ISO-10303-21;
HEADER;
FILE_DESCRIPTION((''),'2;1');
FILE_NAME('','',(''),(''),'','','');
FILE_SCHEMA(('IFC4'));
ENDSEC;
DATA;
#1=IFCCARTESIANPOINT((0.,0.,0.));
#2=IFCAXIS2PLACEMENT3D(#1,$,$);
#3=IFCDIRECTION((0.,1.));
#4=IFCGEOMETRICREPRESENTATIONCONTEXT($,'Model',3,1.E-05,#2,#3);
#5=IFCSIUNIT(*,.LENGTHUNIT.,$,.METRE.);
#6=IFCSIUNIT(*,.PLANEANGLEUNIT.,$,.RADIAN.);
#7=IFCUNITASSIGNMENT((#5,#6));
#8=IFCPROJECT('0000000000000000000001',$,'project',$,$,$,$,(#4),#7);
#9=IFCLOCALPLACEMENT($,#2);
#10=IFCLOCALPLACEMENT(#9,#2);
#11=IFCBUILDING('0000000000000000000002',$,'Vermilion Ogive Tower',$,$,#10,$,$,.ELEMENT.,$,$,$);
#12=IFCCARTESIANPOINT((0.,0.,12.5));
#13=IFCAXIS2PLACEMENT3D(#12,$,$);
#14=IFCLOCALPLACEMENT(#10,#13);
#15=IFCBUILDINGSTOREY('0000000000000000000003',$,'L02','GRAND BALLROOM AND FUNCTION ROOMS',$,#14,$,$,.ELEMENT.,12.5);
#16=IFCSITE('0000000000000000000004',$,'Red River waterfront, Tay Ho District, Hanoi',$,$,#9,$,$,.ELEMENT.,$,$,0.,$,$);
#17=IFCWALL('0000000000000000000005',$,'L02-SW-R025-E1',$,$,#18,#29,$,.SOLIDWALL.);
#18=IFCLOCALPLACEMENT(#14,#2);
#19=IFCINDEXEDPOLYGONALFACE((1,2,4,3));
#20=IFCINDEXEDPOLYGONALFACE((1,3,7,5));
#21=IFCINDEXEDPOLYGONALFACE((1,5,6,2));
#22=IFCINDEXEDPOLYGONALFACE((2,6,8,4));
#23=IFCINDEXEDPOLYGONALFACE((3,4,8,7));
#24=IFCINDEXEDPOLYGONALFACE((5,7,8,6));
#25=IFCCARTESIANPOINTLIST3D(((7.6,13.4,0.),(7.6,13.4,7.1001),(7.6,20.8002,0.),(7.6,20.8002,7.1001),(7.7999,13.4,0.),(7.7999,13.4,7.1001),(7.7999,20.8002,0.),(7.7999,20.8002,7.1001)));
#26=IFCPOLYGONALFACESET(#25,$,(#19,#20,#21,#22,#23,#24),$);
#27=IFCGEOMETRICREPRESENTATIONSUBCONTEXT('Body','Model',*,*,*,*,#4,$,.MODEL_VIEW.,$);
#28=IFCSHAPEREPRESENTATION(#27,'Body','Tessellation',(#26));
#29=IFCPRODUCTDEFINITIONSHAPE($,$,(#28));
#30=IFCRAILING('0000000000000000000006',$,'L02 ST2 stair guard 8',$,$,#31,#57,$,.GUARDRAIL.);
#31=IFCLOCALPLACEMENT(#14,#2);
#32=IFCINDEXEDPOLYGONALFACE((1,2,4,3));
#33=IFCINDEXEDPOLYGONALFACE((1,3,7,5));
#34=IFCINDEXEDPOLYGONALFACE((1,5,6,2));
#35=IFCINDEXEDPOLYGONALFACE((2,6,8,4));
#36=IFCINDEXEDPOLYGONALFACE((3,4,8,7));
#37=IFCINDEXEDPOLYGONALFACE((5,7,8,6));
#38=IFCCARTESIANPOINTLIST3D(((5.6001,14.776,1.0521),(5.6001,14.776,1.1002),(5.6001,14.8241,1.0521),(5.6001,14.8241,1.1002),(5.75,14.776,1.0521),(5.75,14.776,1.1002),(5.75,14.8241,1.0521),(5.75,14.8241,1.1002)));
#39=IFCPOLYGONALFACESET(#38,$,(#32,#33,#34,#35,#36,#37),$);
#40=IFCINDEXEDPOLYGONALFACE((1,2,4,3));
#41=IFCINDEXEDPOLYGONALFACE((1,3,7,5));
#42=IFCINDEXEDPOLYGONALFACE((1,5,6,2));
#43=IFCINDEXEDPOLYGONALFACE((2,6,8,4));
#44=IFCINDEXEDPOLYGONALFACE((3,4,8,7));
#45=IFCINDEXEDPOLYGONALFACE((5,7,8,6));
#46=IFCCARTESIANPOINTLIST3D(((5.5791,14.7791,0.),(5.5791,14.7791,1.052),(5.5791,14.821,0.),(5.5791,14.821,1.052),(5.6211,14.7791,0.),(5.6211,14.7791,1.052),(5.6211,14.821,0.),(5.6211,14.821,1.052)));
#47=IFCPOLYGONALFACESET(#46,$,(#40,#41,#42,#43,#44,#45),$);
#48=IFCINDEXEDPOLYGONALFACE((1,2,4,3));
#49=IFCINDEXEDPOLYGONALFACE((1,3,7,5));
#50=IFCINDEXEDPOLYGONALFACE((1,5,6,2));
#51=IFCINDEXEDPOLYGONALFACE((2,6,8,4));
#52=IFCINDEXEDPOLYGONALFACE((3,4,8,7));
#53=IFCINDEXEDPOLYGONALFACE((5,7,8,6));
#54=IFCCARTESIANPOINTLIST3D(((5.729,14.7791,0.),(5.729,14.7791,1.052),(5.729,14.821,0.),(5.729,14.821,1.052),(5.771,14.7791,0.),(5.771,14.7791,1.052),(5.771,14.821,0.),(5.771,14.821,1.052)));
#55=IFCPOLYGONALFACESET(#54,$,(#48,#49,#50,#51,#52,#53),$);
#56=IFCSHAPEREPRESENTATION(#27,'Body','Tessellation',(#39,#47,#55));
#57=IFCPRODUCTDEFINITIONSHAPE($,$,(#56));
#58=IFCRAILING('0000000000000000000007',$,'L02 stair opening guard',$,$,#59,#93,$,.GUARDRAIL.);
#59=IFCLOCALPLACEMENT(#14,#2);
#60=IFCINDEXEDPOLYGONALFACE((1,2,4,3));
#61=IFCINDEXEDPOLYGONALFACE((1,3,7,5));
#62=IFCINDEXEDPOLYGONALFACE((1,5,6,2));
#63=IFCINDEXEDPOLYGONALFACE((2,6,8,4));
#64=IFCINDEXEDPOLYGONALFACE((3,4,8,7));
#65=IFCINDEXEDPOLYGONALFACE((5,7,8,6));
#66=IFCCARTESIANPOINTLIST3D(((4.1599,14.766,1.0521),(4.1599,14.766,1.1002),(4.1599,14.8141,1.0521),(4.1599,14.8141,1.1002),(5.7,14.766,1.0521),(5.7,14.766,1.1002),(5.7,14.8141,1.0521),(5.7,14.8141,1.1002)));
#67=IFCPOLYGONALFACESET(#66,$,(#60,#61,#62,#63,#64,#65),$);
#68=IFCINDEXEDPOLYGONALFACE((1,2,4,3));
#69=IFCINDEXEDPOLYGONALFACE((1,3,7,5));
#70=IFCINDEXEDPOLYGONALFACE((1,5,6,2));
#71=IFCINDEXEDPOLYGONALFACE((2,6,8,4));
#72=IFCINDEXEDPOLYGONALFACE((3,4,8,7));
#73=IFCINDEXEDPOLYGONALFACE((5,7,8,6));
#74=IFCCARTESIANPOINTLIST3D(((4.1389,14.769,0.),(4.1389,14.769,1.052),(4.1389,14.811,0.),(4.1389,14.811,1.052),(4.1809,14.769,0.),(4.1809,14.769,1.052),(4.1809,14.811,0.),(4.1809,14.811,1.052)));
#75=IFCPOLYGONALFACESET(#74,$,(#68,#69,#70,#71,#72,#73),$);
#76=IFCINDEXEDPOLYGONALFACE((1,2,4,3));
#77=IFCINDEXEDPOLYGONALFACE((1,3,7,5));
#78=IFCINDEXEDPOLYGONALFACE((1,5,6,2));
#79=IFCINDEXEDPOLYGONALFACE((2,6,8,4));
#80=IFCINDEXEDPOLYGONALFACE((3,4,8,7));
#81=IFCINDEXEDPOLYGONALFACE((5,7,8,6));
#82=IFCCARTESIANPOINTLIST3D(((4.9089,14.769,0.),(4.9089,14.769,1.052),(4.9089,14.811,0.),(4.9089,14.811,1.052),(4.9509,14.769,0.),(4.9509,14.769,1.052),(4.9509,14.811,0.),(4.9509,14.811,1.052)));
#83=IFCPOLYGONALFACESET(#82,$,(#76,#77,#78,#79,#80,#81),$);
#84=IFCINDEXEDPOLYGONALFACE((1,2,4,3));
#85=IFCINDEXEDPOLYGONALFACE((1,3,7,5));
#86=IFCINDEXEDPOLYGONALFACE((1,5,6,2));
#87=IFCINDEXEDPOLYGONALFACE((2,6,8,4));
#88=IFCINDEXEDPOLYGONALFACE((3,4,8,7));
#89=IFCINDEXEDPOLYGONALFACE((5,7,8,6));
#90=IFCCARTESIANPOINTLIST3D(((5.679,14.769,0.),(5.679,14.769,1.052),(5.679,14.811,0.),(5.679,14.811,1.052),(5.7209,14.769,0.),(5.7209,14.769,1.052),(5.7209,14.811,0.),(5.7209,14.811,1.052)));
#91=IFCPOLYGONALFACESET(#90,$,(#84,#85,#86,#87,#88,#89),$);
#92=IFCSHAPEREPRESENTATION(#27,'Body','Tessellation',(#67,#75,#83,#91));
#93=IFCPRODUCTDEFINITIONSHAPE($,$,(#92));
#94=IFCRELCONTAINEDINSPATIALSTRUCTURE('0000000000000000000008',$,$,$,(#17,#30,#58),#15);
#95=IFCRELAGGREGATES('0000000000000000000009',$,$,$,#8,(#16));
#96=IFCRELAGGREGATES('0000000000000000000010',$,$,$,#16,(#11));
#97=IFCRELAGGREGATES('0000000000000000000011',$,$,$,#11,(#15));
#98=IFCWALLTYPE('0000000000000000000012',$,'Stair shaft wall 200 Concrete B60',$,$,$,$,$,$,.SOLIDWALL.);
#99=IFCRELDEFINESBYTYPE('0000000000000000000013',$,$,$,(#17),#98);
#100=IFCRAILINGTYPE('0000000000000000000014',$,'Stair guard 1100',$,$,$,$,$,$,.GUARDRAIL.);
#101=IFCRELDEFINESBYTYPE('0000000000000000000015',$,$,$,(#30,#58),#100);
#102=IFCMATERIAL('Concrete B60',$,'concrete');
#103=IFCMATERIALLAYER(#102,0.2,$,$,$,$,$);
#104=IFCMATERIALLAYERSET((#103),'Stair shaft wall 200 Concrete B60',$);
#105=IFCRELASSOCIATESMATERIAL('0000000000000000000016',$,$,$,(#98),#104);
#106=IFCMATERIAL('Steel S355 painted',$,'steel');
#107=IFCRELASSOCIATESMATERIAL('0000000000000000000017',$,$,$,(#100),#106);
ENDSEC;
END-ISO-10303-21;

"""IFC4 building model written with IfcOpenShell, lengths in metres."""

from ifc_helpers import new_model, si_unit, direction, frame, frame_2d, origin, origin_2d, place, context, subcontext, project, spatial, rectangle, extrude, material, layer, layer_set, type_object, element, save


model = new_model("IFC4")

# Units and contexts
model_context = context("Model", 3, precision=1e-05, world=origin(), true_north=direction((0.0, 1.0)))
body_context = subcontext(model_context, "Body", "Model", "MODEL_VIEW")
ifc_project = project(units=[si_unit("LENGTHUNIT", "METRE"), si_unit("PLANEANGLEUNIT", "RADIAN")], contexts=[model_context])

# Site, building, storey
site_placement = place(None, origin())
site = spatial("IfcSite", under=ifc_project, at=site_placement, Name="Red River waterfront, Tay Ho District, Hanoi", CompositionType="ELEMENT", RefElevation=0.0)
building_placement = place(site_placement, origin())
building = spatial("IfcBuilding", under=site, at=building_placement, Name="Vermilion Ogive Tower", CompositionType="ELEMENT")
storey_placement = place(building_placement, frame((0.0, 0.0, 12.5)))
storey = spatial("IfcBuildingStorey", under=building, at=storey_placement, Name="L02", Description="GRAND BALLROOM AND FUNCTION ROOMS", CompositionType="ELEMENT", Elevation=12.5)

# Shared definitions
ifc_material_1 = material(Name="Concrete B60", Category="concrete")
ifc_layer_1 = layer(ifc_material_1, 0.2)
ifc_layer_set_1 = layer_set([ifc_layer_1], Name="Stair shaft wall 200 Concrete B60")
wall_type_1 = type_object("IfcWallType", Name="Stair shaft wall 200 Concrete B60", PredefinedType="SOLIDWALL", material=ifc_layer_set_1)

# Wall
wall_1_placement = place(storey_placement, frame((7.7, 13.3999, 0.0), z_axis=(0.0, 0.0, 1.0), x_axis=(0.0, 1.0, 0.0)))
element("IfcWall", 1, at=wall_1_placement, inside=storey, type_object=wall_type_1, Name="L02-SW-R025-E1", PredefinedType="SOLIDWALL", context=body_context, shape_type="SweptSolid", body=[
    extrude(rectangle(XDim=7.4001, YDim=0.2, at=frame_2d((3.7002, 0.0))), origin(), (0.0, 0.0, 1.0), 7.1001),
])

# Railings
ifc_material_2 = material(Name="Steel S355 painted", Category="steel")
railing_type = type_object("IfcRailingType", Name="Stair guard 1100", PredefinedType="GUARDRAIL", material=ifc_material_2)
railing_1_placement = place(storey_placement, frame((5.6001, 14.8, 0.0)))
element("IfcRailing", 2, at=railing_1_placement, inside=storey, type_object=railing_type, Name="L02 ST2 stair guard 8", PredefinedType="GUARDRAIL", context=body_context, shape_type="SweptSolid", body=[
    extrude(rectangle(XDim=0.0481, YDim=0.0481, at=origin_2d()), frame((0.0, 0.0, 1.0762), z_axis=(1.0, 0.0, 0.0), x_axis=(0.0, 1.0, 0.0)), (0.0, 0.0, 1.0), 0.1499),
    extrude(rectangle(XDim=0.042, YDim=0.042, at=origin_2d()), origin(), (0.0, 0.0, 1.0), 1.052),
    extrude(rectangle(XDim=0.042, YDim=0.042, at=origin_2d()), frame((0.1499, 0.0, 0.0)), (0.0, 0.0, 1.0), 1.052),
])
railing_2_placement = place(storey_placement, frame((4.1599, 14.79, 0.0)))
element("IfcRailing", 3, at=railing_2_placement, inside=storey, type_object=railing_type, Name="L02 stair opening guard", PredefinedType="GUARDRAIL", context=body_context, shape_type="SweptSolid", body=[
    extrude(rectangle(XDim=0.0481, YDim=0.0481, at=origin_2d()), frame((0.0, 0.0, 1.0762), z_axis=(1.0, 0.0, 0.0), x_axis=(0.0, 1.0, 0.0)), (0.0, 0.0, 1.0), 1.54),
    extrude(rectangle(XDim=0.042, YDim=0.042, at=origin_2d()), origin(), (0.0, 0.0, 1.0), 1.052),
    extrude(rectangle(XDim=0.042, YDim=0.042, at=origin_2d()), frame((0.77, 0.0, 0.0)), (0.0, 0.0, 1.0), 1.052),
    extrude(rectangle(XDim=0.042, YDim=0.042, at=origin_2d()), frame((1.54, 0.0, 0.0)), (0.0, 0.0, 1.0), 1.052),
])

save(model, "model.ifc")
